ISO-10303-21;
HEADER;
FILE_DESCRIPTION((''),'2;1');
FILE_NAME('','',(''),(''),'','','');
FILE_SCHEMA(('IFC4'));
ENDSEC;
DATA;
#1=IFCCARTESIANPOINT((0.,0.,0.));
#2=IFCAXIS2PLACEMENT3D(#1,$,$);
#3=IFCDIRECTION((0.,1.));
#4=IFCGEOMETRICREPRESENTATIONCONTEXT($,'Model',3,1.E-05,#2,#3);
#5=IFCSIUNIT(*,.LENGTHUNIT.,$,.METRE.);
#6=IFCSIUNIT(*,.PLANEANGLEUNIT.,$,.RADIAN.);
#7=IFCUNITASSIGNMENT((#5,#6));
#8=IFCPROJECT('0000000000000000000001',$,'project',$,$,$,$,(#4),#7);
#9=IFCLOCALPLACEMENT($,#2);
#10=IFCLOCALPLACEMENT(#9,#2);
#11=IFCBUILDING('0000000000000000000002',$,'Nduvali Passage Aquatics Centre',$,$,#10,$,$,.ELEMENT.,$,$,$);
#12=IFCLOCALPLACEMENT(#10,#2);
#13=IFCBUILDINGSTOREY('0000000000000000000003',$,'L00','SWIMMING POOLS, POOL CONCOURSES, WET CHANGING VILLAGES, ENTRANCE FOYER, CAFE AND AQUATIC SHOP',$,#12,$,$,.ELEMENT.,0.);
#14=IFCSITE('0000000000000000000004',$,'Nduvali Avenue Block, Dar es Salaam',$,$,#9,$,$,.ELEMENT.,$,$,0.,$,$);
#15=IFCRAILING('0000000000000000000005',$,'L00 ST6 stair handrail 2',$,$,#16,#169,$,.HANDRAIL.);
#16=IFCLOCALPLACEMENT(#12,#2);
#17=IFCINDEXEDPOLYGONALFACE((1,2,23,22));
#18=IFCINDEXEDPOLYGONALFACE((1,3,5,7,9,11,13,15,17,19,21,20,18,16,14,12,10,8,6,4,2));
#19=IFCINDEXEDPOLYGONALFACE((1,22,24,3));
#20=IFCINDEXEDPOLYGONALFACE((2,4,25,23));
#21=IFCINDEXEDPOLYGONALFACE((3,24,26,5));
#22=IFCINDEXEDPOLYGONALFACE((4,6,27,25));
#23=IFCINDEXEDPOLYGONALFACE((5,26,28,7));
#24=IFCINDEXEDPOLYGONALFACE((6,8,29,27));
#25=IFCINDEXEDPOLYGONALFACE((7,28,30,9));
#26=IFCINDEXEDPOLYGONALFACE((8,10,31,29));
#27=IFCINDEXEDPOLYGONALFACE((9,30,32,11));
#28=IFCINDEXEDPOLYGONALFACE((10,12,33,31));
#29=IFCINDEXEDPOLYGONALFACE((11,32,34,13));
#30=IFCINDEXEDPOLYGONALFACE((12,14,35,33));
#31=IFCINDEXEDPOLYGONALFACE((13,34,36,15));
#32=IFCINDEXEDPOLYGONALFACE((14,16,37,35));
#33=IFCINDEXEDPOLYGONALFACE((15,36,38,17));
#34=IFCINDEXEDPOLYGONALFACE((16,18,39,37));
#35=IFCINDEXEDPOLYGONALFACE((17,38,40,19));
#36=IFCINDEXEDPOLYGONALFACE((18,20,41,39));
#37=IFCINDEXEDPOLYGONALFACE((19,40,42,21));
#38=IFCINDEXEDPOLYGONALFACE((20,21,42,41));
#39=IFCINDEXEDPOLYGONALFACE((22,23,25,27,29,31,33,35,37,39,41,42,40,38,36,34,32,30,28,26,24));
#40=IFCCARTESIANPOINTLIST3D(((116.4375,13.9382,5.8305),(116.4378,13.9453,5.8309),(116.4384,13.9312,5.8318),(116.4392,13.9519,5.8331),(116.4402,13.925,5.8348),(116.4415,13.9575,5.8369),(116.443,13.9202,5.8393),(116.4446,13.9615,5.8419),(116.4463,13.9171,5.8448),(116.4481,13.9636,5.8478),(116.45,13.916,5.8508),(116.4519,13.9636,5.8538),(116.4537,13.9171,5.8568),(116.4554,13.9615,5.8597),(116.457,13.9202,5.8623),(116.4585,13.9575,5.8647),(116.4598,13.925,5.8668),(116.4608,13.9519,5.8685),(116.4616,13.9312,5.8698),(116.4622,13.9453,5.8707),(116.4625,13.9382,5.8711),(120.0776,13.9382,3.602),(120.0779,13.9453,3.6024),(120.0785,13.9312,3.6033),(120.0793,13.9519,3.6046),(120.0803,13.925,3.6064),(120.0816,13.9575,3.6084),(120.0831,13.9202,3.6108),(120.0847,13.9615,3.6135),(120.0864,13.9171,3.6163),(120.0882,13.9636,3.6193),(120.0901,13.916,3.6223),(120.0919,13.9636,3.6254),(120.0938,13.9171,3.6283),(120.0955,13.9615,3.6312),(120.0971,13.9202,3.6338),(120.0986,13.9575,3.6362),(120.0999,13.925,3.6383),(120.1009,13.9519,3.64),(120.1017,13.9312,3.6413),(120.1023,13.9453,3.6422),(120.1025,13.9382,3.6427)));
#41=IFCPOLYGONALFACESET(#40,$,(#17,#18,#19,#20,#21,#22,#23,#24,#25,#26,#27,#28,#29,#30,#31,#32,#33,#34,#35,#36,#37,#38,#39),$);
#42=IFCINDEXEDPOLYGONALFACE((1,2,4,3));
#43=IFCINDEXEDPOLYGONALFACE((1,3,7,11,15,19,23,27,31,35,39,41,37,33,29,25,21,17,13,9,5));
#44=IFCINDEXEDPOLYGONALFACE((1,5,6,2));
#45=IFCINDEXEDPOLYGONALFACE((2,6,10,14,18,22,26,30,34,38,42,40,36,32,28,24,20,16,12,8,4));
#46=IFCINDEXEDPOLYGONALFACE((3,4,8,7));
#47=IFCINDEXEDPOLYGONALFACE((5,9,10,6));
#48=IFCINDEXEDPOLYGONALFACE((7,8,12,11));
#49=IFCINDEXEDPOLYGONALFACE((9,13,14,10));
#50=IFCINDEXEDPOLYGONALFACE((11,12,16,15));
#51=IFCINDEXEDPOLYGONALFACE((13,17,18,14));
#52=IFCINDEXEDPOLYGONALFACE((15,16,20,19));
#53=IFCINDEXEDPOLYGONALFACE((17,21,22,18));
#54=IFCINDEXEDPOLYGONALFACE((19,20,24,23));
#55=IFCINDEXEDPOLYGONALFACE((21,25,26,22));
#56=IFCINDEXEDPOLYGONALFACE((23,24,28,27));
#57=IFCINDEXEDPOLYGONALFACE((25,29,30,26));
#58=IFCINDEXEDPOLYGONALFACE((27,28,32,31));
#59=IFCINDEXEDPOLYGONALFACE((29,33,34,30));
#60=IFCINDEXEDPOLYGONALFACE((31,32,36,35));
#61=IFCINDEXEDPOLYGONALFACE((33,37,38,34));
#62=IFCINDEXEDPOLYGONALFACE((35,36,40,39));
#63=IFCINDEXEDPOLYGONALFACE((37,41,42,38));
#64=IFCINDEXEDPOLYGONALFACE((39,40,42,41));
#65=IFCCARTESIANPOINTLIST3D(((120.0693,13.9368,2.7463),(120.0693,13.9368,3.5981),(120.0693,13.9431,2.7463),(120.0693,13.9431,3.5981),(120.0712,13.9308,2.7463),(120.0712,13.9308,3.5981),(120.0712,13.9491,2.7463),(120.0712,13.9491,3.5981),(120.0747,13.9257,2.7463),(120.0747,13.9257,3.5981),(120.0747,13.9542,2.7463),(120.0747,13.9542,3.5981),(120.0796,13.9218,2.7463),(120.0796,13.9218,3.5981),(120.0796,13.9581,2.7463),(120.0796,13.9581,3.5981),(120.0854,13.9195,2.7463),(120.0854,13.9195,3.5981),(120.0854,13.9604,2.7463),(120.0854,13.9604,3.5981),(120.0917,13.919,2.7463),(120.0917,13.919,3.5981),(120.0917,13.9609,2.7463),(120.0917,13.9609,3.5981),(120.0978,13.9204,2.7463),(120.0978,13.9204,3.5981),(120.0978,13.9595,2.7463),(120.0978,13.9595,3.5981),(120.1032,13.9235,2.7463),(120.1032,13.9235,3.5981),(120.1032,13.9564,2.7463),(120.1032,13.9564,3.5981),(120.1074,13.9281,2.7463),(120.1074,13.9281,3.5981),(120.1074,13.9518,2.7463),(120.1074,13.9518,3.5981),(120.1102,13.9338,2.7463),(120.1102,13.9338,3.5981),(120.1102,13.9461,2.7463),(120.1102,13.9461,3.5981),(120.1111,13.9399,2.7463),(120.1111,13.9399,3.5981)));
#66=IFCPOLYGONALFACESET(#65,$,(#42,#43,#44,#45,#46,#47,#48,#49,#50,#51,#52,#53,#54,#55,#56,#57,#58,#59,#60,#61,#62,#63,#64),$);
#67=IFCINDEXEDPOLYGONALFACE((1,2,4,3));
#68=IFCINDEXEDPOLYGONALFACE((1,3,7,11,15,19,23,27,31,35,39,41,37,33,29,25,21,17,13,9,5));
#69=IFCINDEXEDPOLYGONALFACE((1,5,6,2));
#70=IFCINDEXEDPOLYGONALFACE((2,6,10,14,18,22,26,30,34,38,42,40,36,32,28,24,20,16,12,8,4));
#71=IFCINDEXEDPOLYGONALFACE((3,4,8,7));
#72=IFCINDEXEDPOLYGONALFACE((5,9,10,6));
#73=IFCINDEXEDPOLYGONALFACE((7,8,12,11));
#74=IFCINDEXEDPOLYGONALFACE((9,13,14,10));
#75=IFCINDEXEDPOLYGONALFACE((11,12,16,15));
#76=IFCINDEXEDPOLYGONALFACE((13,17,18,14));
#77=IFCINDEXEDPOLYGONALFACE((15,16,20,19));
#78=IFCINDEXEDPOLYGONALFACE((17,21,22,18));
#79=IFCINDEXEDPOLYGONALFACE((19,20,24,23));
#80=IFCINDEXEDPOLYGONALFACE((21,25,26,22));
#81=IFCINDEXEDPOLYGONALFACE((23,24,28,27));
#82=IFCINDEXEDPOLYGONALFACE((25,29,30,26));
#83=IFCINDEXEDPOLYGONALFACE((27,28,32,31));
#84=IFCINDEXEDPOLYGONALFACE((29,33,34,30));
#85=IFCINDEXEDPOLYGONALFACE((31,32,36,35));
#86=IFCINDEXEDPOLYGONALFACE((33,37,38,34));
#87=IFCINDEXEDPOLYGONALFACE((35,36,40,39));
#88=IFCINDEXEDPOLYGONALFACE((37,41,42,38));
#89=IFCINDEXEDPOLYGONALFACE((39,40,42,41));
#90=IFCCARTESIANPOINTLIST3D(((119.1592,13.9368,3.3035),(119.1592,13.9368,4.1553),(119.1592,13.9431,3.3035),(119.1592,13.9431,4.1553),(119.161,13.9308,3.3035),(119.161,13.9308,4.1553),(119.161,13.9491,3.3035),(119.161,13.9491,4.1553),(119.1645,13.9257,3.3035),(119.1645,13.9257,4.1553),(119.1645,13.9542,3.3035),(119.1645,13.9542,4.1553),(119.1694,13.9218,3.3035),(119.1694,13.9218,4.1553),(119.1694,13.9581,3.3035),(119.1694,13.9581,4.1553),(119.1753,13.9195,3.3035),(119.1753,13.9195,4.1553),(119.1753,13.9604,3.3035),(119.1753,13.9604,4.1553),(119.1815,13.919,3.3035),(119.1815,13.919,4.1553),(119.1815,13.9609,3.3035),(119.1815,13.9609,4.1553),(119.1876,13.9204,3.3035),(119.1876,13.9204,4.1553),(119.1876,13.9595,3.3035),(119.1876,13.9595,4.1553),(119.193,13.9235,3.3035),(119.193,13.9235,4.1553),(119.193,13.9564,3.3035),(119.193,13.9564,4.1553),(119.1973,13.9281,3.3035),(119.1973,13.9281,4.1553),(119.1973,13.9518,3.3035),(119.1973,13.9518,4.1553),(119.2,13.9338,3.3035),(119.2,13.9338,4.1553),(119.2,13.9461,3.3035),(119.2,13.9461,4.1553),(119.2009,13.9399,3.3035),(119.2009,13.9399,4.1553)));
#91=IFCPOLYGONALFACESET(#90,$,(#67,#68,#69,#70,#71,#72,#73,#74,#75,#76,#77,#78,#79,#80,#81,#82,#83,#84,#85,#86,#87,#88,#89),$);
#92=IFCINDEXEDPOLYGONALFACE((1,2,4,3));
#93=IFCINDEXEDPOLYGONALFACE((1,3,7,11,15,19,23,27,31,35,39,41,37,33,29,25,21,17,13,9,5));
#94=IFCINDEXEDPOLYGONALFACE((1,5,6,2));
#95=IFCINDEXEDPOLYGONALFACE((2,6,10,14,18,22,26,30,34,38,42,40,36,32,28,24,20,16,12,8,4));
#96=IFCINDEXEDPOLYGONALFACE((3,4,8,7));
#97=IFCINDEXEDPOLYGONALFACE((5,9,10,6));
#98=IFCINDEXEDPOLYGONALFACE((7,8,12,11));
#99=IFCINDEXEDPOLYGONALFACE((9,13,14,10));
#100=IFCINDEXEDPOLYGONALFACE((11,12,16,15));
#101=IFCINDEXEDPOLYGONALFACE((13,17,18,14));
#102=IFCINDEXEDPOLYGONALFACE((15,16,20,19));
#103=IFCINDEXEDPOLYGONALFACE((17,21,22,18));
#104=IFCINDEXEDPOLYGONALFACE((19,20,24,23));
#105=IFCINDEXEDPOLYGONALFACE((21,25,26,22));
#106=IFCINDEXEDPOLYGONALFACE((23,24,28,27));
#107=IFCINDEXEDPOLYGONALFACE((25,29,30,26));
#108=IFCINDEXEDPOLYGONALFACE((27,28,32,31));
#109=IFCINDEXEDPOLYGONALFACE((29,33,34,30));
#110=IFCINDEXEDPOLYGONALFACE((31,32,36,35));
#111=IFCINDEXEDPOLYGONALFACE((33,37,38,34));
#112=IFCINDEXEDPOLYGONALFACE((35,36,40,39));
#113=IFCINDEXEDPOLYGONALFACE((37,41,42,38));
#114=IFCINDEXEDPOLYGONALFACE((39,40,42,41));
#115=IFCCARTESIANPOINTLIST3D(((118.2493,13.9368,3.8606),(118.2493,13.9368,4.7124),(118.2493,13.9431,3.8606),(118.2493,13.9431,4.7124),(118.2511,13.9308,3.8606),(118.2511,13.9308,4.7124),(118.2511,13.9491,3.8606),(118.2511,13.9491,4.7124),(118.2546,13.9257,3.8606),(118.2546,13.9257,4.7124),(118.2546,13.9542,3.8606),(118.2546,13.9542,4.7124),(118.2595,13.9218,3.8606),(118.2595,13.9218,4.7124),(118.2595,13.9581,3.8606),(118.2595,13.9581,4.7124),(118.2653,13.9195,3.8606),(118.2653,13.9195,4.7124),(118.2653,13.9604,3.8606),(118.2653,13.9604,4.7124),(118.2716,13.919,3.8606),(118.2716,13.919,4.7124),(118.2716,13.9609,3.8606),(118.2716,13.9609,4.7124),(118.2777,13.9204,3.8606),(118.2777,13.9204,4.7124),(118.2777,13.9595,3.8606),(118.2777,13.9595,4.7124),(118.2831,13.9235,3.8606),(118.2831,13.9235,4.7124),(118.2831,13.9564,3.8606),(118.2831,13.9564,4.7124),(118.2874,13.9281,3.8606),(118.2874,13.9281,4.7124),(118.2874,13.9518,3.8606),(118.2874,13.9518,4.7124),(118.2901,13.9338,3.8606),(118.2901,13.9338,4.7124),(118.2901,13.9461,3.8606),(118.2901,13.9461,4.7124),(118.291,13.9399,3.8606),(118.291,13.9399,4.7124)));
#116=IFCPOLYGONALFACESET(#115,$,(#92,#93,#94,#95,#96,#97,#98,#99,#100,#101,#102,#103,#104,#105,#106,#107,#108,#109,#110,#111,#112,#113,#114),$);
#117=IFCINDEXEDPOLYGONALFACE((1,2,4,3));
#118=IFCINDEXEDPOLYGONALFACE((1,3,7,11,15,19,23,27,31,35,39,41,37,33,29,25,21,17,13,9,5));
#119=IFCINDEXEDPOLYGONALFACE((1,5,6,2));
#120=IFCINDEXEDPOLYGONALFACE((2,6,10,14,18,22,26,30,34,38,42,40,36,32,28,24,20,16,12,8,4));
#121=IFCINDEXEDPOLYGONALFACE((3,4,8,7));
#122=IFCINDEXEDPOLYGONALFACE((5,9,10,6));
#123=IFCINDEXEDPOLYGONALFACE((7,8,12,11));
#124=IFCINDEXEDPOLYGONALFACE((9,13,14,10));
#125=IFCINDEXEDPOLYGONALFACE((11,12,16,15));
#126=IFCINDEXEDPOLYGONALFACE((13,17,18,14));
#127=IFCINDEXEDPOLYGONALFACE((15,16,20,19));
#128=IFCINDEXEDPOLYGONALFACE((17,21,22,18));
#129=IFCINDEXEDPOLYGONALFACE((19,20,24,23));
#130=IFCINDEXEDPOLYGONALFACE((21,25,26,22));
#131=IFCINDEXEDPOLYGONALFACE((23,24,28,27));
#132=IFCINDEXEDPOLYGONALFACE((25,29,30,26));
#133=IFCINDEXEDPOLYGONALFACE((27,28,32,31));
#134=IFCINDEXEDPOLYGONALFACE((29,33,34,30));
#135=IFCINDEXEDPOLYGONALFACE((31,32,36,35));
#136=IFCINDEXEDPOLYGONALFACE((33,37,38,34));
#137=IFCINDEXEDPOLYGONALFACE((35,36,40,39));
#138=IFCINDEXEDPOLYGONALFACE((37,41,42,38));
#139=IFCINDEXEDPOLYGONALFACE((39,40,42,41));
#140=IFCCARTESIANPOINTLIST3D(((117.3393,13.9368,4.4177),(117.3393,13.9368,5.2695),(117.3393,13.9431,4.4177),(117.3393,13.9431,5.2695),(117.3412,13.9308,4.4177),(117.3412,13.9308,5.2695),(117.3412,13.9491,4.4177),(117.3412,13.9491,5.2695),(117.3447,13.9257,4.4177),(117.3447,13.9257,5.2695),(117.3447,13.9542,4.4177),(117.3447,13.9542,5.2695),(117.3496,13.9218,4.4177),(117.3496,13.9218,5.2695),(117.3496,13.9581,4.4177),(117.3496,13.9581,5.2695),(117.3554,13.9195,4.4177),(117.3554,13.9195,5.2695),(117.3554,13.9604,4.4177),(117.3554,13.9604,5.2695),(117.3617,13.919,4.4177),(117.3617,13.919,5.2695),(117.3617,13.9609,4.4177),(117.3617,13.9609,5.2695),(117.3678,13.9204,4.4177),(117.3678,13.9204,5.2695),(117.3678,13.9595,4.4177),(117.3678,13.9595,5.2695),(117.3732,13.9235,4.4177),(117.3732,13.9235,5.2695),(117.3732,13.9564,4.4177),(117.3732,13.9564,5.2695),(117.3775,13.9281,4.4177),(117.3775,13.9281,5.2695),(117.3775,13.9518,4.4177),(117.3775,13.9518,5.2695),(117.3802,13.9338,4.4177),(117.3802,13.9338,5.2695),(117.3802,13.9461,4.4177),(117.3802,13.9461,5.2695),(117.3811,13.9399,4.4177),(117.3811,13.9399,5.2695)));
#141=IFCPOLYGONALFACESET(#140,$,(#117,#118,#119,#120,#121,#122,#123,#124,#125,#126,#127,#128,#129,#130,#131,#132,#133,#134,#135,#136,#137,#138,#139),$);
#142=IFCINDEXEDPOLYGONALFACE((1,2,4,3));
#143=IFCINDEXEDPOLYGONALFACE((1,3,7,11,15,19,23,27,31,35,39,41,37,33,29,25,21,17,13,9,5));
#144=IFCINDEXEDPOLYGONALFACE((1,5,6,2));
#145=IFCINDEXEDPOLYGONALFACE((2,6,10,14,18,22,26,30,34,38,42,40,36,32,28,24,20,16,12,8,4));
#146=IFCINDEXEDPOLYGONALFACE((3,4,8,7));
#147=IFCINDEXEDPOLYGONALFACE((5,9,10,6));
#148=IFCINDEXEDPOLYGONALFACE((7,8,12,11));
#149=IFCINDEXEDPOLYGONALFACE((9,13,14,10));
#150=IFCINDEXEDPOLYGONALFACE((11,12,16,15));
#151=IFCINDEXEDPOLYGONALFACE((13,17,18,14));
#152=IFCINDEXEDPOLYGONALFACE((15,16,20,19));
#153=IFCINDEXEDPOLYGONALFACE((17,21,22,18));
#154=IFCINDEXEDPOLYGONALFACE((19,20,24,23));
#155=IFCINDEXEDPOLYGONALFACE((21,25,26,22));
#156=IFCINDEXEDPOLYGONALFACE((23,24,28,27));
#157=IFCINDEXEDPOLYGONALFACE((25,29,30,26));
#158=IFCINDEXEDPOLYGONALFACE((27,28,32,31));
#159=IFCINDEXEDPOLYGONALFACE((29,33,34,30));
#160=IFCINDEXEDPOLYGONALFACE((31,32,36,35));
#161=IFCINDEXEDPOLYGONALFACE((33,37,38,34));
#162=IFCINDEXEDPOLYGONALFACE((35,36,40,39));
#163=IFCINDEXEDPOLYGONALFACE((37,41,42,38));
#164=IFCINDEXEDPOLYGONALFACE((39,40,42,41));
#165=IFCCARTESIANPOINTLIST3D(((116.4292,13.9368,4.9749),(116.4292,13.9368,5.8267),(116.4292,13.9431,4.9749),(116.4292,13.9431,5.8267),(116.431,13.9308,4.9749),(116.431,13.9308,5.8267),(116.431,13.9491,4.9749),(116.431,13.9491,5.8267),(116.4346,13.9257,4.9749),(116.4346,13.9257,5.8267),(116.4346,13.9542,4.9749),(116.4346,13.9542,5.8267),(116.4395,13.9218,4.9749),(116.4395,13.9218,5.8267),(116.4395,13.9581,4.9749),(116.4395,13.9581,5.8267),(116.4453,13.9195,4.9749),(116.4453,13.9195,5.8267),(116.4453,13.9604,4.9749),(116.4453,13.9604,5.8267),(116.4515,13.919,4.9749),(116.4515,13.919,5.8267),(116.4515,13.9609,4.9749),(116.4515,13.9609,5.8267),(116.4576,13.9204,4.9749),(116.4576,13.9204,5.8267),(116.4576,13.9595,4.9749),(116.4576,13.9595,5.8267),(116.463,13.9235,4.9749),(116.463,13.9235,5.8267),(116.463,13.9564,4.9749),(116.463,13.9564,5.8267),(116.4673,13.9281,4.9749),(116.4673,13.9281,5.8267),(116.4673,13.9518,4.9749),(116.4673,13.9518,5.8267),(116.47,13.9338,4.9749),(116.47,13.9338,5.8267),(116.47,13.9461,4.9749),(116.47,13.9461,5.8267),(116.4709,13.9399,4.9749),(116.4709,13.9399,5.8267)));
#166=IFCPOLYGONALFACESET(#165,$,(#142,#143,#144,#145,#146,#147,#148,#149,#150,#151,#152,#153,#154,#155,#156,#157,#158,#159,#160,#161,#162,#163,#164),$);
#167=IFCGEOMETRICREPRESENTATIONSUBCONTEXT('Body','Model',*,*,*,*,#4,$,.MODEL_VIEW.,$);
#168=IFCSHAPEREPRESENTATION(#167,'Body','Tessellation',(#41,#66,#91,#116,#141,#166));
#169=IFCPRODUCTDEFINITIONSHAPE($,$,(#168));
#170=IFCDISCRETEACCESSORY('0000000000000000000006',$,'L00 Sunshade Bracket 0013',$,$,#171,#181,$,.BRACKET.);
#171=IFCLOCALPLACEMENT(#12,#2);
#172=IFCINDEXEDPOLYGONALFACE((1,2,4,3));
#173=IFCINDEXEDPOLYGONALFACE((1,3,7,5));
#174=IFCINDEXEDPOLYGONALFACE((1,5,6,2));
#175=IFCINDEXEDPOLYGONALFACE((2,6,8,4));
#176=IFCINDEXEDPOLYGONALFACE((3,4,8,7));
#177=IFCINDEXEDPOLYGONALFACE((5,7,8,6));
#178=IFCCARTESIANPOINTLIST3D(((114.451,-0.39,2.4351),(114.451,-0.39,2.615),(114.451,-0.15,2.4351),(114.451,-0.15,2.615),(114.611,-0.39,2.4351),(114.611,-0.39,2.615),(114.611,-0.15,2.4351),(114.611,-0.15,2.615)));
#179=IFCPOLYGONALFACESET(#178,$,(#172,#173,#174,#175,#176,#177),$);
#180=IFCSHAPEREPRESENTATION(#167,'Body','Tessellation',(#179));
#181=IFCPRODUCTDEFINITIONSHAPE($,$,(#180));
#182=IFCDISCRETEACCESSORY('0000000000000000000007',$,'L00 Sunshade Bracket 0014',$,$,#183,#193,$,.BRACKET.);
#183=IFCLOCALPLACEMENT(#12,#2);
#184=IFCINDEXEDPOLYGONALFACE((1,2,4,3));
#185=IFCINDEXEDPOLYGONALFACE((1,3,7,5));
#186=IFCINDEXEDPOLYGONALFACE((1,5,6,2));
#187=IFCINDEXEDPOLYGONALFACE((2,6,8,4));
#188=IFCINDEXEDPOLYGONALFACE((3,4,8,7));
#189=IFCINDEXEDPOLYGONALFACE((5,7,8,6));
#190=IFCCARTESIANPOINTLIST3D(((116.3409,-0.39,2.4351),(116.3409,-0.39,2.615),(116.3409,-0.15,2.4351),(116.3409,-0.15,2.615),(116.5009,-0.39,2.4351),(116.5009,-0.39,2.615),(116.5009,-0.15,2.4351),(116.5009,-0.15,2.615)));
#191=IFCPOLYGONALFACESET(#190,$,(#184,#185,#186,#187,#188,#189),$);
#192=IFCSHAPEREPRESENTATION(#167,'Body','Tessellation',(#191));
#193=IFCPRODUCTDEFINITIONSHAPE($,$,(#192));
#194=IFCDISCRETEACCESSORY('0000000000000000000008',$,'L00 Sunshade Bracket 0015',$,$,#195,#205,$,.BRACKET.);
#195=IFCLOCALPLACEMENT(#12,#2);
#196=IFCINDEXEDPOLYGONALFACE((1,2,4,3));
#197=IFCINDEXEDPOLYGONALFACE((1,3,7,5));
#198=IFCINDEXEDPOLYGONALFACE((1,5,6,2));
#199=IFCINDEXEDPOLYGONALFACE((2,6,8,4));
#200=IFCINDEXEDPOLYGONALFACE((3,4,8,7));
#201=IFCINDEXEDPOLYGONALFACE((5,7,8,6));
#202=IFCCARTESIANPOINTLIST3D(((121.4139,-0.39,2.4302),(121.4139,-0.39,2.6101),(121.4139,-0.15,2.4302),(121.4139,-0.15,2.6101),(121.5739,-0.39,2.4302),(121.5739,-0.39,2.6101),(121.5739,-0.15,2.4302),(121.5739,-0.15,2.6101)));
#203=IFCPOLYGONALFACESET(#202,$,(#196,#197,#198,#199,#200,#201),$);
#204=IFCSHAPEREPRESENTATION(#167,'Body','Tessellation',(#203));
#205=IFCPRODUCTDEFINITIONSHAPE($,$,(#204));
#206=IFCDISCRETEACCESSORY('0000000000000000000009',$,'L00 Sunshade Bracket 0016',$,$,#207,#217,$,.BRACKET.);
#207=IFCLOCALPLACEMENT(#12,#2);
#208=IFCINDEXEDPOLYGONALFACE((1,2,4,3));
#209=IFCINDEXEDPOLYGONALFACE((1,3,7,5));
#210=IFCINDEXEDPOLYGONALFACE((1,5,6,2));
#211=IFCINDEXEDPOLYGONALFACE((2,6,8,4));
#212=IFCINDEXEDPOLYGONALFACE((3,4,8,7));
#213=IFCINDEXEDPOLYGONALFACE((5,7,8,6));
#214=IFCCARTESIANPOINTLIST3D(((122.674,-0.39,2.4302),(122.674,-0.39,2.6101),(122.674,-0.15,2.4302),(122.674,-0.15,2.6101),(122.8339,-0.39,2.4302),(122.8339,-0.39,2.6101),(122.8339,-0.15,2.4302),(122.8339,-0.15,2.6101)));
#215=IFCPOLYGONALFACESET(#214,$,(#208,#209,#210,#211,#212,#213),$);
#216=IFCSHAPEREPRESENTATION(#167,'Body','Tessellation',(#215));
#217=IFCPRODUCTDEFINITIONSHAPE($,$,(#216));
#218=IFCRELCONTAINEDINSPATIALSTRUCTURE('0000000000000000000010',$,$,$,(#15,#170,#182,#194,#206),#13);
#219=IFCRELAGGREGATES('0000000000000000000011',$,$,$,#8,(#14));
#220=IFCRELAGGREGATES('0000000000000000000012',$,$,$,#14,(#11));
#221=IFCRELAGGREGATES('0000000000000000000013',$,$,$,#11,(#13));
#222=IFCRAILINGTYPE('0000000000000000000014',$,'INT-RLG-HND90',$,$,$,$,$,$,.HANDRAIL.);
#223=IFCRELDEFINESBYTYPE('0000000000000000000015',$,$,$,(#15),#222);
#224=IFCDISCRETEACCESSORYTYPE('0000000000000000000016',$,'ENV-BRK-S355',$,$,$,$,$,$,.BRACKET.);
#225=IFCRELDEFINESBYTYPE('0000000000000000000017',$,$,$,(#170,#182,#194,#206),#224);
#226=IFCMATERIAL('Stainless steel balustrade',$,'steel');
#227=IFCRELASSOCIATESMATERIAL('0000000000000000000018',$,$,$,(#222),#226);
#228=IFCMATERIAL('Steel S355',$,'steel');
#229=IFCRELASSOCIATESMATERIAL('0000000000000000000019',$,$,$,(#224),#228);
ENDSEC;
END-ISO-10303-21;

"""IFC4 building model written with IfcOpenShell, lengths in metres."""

from ifc_helpers import new_model, si_unit, direction, frame, origin, origin_2d, place, context, subcontext, project, spatial, rectangle, circle, extrude, material, type_object, element, save


model = new_model("IFC4")

# Units and contexts
model_context = context("Model", 3, precision=1e-05, world=origin(), true_north=direction((0.0, 1.0)))
body_context = subcontext(model_context, "Body", "Model", "MODEL_VIEW")
ifc_project = project(units=[si_unit("LENGTHUNIT", "METRE"), si_unit("PLANEANGLEUNIT", "RADIAN")], contexts=[model_context])

# Site, building, storey
site_placement = place(None, origin())
site = spatial("IfcSite", under=ifc_project, at=site_placement, Name="Nduvali Avenue Block, Dar es Salaam", CompositionType="ELEMENT", RefElevation=0.0)
building_placement = place(site_placement, origin())
building = spatial("IfcBuilding", under=site, at=building_placement, Name="Nduvali Passage Aquatics Centre", CompositionType="ELEMENT")
storey_placement = place(building_placement, origin())
storey = spatial("IfcBuildingStorey", under=building, at=storey_placement, Name="L00", Description="SWIMMING POOLS, POOL CONCOURSES, WET CHANGING VILLAGES, ENTRANCE FOYER, CAFE AND AQUATIC SHOP", CompositionType="ELEMENT", Elevation=0.0)

# Shared definitions
ifc_material_1 = material(Name="Steel S355", Category="steel")

# Railing
ifc_material_2 = material(Name="Stainless steel balustrade", Category="steel")
railing_type_1 = type_object("IfcRailingType", Name="INT-RLG-HND90", PredefinedType="HANDRAIL", material=ifc_material_2)
railing_1_placement = place(storey_placement, frame((120.0901, 13.9399, 2.7463)))
element("IfcRailing", 1, at=railing_1_placement, inside=storey, type_object=railing_type_1, Name="L00 ST6 stair handrail 2", PredefinedType="HANDRAIL", context=body_context, shape_type="SweptSolid", body=[
    extrude(circle(Radius=0.0239, at=origin_2d()), frame((0.0, 0.0, 0.876), z_axis=(-0.852866, 0.0, 0.52213), x_axis=(0.0, -1.0, 0.0)), (0.0, 0.0, 1.0), 4.2681),
    extrude(circle(Radius=0.021, at=origin_2d()), origin(), (0.0, 0.0, 1.0), 0.8518),
    extrude(circle(Radius=0.021, at=origin_2d()), frame((-0.9102, 0.0, 0.5571)), (0.0, 0.0, 1.0), 0.8518),
    extrude(circle(Radius=0.021, at=origin_2d()), frame((-1.8201, 0.0, 1.1143)), (0.0, 0.0, 1.0), 0.8518),
    extrude(circle(Radius=0.021, at=origin_2d()), frame((-2.73, 0.0, 1.6714)), (0.0, 0.0, 1.0), 0.8518),
    extrude(circle(Radius=0.021, at=origin_2d()), frame((-3.6401, 0.0, 2.2285)), (0.0, 0.0, 1.0), 0.8518),
])

# Discrete accessories
discrete_accessory_type = type_object("IfcDiscreteAccessoryType", Name="ENV-BRK-S355", PredefinedType="BRACKET", material=ifc_material_1)
for number, where, z_axis, x_axis, name in (
    (2, (114.531, -0.27, 2.4351), (0.0, 0.0, 1.0), (1.0, 0.0, 0.0), "L00 Sunshade Bracket 0013"),
    (3, (116.4209, -0.27, 2.4351), (0.0, 0.0, 1.0), (1.0, 0.0, 0.0), "L00 Sunshade Bracket 0014"),
    (4, (121.4939, -0.27, 2.4302), (0.0, 0.0, 1.0), (1.0, 0.0, 0.0), "L00 Sunshade Bracket 0015"),
    (5, (122.7539, -0.27, 2.4302), (0.0, 0.0, 1.0), (1.0, 0.0, 0.0), "L00 Sunshade Bracket 0016"),
):
    element("IfcDiscreteAccessory", number, at=place(storey_placement, frame(where, z_axis=z_axis, x_axis=x_axis)), inside=storey, type_object=discrete_accessory_type, Name=name, PredefinedType="BRACKET", context=body_context, shape_type="SweptSolid", body=[
        extrude(rectangle(XDim=0.1599, YDim=0.24, at=origin_2d()), origin(), (0.0, 0.0, 1.0), 0.1799),
    ])

save(model, "model.ifc")
